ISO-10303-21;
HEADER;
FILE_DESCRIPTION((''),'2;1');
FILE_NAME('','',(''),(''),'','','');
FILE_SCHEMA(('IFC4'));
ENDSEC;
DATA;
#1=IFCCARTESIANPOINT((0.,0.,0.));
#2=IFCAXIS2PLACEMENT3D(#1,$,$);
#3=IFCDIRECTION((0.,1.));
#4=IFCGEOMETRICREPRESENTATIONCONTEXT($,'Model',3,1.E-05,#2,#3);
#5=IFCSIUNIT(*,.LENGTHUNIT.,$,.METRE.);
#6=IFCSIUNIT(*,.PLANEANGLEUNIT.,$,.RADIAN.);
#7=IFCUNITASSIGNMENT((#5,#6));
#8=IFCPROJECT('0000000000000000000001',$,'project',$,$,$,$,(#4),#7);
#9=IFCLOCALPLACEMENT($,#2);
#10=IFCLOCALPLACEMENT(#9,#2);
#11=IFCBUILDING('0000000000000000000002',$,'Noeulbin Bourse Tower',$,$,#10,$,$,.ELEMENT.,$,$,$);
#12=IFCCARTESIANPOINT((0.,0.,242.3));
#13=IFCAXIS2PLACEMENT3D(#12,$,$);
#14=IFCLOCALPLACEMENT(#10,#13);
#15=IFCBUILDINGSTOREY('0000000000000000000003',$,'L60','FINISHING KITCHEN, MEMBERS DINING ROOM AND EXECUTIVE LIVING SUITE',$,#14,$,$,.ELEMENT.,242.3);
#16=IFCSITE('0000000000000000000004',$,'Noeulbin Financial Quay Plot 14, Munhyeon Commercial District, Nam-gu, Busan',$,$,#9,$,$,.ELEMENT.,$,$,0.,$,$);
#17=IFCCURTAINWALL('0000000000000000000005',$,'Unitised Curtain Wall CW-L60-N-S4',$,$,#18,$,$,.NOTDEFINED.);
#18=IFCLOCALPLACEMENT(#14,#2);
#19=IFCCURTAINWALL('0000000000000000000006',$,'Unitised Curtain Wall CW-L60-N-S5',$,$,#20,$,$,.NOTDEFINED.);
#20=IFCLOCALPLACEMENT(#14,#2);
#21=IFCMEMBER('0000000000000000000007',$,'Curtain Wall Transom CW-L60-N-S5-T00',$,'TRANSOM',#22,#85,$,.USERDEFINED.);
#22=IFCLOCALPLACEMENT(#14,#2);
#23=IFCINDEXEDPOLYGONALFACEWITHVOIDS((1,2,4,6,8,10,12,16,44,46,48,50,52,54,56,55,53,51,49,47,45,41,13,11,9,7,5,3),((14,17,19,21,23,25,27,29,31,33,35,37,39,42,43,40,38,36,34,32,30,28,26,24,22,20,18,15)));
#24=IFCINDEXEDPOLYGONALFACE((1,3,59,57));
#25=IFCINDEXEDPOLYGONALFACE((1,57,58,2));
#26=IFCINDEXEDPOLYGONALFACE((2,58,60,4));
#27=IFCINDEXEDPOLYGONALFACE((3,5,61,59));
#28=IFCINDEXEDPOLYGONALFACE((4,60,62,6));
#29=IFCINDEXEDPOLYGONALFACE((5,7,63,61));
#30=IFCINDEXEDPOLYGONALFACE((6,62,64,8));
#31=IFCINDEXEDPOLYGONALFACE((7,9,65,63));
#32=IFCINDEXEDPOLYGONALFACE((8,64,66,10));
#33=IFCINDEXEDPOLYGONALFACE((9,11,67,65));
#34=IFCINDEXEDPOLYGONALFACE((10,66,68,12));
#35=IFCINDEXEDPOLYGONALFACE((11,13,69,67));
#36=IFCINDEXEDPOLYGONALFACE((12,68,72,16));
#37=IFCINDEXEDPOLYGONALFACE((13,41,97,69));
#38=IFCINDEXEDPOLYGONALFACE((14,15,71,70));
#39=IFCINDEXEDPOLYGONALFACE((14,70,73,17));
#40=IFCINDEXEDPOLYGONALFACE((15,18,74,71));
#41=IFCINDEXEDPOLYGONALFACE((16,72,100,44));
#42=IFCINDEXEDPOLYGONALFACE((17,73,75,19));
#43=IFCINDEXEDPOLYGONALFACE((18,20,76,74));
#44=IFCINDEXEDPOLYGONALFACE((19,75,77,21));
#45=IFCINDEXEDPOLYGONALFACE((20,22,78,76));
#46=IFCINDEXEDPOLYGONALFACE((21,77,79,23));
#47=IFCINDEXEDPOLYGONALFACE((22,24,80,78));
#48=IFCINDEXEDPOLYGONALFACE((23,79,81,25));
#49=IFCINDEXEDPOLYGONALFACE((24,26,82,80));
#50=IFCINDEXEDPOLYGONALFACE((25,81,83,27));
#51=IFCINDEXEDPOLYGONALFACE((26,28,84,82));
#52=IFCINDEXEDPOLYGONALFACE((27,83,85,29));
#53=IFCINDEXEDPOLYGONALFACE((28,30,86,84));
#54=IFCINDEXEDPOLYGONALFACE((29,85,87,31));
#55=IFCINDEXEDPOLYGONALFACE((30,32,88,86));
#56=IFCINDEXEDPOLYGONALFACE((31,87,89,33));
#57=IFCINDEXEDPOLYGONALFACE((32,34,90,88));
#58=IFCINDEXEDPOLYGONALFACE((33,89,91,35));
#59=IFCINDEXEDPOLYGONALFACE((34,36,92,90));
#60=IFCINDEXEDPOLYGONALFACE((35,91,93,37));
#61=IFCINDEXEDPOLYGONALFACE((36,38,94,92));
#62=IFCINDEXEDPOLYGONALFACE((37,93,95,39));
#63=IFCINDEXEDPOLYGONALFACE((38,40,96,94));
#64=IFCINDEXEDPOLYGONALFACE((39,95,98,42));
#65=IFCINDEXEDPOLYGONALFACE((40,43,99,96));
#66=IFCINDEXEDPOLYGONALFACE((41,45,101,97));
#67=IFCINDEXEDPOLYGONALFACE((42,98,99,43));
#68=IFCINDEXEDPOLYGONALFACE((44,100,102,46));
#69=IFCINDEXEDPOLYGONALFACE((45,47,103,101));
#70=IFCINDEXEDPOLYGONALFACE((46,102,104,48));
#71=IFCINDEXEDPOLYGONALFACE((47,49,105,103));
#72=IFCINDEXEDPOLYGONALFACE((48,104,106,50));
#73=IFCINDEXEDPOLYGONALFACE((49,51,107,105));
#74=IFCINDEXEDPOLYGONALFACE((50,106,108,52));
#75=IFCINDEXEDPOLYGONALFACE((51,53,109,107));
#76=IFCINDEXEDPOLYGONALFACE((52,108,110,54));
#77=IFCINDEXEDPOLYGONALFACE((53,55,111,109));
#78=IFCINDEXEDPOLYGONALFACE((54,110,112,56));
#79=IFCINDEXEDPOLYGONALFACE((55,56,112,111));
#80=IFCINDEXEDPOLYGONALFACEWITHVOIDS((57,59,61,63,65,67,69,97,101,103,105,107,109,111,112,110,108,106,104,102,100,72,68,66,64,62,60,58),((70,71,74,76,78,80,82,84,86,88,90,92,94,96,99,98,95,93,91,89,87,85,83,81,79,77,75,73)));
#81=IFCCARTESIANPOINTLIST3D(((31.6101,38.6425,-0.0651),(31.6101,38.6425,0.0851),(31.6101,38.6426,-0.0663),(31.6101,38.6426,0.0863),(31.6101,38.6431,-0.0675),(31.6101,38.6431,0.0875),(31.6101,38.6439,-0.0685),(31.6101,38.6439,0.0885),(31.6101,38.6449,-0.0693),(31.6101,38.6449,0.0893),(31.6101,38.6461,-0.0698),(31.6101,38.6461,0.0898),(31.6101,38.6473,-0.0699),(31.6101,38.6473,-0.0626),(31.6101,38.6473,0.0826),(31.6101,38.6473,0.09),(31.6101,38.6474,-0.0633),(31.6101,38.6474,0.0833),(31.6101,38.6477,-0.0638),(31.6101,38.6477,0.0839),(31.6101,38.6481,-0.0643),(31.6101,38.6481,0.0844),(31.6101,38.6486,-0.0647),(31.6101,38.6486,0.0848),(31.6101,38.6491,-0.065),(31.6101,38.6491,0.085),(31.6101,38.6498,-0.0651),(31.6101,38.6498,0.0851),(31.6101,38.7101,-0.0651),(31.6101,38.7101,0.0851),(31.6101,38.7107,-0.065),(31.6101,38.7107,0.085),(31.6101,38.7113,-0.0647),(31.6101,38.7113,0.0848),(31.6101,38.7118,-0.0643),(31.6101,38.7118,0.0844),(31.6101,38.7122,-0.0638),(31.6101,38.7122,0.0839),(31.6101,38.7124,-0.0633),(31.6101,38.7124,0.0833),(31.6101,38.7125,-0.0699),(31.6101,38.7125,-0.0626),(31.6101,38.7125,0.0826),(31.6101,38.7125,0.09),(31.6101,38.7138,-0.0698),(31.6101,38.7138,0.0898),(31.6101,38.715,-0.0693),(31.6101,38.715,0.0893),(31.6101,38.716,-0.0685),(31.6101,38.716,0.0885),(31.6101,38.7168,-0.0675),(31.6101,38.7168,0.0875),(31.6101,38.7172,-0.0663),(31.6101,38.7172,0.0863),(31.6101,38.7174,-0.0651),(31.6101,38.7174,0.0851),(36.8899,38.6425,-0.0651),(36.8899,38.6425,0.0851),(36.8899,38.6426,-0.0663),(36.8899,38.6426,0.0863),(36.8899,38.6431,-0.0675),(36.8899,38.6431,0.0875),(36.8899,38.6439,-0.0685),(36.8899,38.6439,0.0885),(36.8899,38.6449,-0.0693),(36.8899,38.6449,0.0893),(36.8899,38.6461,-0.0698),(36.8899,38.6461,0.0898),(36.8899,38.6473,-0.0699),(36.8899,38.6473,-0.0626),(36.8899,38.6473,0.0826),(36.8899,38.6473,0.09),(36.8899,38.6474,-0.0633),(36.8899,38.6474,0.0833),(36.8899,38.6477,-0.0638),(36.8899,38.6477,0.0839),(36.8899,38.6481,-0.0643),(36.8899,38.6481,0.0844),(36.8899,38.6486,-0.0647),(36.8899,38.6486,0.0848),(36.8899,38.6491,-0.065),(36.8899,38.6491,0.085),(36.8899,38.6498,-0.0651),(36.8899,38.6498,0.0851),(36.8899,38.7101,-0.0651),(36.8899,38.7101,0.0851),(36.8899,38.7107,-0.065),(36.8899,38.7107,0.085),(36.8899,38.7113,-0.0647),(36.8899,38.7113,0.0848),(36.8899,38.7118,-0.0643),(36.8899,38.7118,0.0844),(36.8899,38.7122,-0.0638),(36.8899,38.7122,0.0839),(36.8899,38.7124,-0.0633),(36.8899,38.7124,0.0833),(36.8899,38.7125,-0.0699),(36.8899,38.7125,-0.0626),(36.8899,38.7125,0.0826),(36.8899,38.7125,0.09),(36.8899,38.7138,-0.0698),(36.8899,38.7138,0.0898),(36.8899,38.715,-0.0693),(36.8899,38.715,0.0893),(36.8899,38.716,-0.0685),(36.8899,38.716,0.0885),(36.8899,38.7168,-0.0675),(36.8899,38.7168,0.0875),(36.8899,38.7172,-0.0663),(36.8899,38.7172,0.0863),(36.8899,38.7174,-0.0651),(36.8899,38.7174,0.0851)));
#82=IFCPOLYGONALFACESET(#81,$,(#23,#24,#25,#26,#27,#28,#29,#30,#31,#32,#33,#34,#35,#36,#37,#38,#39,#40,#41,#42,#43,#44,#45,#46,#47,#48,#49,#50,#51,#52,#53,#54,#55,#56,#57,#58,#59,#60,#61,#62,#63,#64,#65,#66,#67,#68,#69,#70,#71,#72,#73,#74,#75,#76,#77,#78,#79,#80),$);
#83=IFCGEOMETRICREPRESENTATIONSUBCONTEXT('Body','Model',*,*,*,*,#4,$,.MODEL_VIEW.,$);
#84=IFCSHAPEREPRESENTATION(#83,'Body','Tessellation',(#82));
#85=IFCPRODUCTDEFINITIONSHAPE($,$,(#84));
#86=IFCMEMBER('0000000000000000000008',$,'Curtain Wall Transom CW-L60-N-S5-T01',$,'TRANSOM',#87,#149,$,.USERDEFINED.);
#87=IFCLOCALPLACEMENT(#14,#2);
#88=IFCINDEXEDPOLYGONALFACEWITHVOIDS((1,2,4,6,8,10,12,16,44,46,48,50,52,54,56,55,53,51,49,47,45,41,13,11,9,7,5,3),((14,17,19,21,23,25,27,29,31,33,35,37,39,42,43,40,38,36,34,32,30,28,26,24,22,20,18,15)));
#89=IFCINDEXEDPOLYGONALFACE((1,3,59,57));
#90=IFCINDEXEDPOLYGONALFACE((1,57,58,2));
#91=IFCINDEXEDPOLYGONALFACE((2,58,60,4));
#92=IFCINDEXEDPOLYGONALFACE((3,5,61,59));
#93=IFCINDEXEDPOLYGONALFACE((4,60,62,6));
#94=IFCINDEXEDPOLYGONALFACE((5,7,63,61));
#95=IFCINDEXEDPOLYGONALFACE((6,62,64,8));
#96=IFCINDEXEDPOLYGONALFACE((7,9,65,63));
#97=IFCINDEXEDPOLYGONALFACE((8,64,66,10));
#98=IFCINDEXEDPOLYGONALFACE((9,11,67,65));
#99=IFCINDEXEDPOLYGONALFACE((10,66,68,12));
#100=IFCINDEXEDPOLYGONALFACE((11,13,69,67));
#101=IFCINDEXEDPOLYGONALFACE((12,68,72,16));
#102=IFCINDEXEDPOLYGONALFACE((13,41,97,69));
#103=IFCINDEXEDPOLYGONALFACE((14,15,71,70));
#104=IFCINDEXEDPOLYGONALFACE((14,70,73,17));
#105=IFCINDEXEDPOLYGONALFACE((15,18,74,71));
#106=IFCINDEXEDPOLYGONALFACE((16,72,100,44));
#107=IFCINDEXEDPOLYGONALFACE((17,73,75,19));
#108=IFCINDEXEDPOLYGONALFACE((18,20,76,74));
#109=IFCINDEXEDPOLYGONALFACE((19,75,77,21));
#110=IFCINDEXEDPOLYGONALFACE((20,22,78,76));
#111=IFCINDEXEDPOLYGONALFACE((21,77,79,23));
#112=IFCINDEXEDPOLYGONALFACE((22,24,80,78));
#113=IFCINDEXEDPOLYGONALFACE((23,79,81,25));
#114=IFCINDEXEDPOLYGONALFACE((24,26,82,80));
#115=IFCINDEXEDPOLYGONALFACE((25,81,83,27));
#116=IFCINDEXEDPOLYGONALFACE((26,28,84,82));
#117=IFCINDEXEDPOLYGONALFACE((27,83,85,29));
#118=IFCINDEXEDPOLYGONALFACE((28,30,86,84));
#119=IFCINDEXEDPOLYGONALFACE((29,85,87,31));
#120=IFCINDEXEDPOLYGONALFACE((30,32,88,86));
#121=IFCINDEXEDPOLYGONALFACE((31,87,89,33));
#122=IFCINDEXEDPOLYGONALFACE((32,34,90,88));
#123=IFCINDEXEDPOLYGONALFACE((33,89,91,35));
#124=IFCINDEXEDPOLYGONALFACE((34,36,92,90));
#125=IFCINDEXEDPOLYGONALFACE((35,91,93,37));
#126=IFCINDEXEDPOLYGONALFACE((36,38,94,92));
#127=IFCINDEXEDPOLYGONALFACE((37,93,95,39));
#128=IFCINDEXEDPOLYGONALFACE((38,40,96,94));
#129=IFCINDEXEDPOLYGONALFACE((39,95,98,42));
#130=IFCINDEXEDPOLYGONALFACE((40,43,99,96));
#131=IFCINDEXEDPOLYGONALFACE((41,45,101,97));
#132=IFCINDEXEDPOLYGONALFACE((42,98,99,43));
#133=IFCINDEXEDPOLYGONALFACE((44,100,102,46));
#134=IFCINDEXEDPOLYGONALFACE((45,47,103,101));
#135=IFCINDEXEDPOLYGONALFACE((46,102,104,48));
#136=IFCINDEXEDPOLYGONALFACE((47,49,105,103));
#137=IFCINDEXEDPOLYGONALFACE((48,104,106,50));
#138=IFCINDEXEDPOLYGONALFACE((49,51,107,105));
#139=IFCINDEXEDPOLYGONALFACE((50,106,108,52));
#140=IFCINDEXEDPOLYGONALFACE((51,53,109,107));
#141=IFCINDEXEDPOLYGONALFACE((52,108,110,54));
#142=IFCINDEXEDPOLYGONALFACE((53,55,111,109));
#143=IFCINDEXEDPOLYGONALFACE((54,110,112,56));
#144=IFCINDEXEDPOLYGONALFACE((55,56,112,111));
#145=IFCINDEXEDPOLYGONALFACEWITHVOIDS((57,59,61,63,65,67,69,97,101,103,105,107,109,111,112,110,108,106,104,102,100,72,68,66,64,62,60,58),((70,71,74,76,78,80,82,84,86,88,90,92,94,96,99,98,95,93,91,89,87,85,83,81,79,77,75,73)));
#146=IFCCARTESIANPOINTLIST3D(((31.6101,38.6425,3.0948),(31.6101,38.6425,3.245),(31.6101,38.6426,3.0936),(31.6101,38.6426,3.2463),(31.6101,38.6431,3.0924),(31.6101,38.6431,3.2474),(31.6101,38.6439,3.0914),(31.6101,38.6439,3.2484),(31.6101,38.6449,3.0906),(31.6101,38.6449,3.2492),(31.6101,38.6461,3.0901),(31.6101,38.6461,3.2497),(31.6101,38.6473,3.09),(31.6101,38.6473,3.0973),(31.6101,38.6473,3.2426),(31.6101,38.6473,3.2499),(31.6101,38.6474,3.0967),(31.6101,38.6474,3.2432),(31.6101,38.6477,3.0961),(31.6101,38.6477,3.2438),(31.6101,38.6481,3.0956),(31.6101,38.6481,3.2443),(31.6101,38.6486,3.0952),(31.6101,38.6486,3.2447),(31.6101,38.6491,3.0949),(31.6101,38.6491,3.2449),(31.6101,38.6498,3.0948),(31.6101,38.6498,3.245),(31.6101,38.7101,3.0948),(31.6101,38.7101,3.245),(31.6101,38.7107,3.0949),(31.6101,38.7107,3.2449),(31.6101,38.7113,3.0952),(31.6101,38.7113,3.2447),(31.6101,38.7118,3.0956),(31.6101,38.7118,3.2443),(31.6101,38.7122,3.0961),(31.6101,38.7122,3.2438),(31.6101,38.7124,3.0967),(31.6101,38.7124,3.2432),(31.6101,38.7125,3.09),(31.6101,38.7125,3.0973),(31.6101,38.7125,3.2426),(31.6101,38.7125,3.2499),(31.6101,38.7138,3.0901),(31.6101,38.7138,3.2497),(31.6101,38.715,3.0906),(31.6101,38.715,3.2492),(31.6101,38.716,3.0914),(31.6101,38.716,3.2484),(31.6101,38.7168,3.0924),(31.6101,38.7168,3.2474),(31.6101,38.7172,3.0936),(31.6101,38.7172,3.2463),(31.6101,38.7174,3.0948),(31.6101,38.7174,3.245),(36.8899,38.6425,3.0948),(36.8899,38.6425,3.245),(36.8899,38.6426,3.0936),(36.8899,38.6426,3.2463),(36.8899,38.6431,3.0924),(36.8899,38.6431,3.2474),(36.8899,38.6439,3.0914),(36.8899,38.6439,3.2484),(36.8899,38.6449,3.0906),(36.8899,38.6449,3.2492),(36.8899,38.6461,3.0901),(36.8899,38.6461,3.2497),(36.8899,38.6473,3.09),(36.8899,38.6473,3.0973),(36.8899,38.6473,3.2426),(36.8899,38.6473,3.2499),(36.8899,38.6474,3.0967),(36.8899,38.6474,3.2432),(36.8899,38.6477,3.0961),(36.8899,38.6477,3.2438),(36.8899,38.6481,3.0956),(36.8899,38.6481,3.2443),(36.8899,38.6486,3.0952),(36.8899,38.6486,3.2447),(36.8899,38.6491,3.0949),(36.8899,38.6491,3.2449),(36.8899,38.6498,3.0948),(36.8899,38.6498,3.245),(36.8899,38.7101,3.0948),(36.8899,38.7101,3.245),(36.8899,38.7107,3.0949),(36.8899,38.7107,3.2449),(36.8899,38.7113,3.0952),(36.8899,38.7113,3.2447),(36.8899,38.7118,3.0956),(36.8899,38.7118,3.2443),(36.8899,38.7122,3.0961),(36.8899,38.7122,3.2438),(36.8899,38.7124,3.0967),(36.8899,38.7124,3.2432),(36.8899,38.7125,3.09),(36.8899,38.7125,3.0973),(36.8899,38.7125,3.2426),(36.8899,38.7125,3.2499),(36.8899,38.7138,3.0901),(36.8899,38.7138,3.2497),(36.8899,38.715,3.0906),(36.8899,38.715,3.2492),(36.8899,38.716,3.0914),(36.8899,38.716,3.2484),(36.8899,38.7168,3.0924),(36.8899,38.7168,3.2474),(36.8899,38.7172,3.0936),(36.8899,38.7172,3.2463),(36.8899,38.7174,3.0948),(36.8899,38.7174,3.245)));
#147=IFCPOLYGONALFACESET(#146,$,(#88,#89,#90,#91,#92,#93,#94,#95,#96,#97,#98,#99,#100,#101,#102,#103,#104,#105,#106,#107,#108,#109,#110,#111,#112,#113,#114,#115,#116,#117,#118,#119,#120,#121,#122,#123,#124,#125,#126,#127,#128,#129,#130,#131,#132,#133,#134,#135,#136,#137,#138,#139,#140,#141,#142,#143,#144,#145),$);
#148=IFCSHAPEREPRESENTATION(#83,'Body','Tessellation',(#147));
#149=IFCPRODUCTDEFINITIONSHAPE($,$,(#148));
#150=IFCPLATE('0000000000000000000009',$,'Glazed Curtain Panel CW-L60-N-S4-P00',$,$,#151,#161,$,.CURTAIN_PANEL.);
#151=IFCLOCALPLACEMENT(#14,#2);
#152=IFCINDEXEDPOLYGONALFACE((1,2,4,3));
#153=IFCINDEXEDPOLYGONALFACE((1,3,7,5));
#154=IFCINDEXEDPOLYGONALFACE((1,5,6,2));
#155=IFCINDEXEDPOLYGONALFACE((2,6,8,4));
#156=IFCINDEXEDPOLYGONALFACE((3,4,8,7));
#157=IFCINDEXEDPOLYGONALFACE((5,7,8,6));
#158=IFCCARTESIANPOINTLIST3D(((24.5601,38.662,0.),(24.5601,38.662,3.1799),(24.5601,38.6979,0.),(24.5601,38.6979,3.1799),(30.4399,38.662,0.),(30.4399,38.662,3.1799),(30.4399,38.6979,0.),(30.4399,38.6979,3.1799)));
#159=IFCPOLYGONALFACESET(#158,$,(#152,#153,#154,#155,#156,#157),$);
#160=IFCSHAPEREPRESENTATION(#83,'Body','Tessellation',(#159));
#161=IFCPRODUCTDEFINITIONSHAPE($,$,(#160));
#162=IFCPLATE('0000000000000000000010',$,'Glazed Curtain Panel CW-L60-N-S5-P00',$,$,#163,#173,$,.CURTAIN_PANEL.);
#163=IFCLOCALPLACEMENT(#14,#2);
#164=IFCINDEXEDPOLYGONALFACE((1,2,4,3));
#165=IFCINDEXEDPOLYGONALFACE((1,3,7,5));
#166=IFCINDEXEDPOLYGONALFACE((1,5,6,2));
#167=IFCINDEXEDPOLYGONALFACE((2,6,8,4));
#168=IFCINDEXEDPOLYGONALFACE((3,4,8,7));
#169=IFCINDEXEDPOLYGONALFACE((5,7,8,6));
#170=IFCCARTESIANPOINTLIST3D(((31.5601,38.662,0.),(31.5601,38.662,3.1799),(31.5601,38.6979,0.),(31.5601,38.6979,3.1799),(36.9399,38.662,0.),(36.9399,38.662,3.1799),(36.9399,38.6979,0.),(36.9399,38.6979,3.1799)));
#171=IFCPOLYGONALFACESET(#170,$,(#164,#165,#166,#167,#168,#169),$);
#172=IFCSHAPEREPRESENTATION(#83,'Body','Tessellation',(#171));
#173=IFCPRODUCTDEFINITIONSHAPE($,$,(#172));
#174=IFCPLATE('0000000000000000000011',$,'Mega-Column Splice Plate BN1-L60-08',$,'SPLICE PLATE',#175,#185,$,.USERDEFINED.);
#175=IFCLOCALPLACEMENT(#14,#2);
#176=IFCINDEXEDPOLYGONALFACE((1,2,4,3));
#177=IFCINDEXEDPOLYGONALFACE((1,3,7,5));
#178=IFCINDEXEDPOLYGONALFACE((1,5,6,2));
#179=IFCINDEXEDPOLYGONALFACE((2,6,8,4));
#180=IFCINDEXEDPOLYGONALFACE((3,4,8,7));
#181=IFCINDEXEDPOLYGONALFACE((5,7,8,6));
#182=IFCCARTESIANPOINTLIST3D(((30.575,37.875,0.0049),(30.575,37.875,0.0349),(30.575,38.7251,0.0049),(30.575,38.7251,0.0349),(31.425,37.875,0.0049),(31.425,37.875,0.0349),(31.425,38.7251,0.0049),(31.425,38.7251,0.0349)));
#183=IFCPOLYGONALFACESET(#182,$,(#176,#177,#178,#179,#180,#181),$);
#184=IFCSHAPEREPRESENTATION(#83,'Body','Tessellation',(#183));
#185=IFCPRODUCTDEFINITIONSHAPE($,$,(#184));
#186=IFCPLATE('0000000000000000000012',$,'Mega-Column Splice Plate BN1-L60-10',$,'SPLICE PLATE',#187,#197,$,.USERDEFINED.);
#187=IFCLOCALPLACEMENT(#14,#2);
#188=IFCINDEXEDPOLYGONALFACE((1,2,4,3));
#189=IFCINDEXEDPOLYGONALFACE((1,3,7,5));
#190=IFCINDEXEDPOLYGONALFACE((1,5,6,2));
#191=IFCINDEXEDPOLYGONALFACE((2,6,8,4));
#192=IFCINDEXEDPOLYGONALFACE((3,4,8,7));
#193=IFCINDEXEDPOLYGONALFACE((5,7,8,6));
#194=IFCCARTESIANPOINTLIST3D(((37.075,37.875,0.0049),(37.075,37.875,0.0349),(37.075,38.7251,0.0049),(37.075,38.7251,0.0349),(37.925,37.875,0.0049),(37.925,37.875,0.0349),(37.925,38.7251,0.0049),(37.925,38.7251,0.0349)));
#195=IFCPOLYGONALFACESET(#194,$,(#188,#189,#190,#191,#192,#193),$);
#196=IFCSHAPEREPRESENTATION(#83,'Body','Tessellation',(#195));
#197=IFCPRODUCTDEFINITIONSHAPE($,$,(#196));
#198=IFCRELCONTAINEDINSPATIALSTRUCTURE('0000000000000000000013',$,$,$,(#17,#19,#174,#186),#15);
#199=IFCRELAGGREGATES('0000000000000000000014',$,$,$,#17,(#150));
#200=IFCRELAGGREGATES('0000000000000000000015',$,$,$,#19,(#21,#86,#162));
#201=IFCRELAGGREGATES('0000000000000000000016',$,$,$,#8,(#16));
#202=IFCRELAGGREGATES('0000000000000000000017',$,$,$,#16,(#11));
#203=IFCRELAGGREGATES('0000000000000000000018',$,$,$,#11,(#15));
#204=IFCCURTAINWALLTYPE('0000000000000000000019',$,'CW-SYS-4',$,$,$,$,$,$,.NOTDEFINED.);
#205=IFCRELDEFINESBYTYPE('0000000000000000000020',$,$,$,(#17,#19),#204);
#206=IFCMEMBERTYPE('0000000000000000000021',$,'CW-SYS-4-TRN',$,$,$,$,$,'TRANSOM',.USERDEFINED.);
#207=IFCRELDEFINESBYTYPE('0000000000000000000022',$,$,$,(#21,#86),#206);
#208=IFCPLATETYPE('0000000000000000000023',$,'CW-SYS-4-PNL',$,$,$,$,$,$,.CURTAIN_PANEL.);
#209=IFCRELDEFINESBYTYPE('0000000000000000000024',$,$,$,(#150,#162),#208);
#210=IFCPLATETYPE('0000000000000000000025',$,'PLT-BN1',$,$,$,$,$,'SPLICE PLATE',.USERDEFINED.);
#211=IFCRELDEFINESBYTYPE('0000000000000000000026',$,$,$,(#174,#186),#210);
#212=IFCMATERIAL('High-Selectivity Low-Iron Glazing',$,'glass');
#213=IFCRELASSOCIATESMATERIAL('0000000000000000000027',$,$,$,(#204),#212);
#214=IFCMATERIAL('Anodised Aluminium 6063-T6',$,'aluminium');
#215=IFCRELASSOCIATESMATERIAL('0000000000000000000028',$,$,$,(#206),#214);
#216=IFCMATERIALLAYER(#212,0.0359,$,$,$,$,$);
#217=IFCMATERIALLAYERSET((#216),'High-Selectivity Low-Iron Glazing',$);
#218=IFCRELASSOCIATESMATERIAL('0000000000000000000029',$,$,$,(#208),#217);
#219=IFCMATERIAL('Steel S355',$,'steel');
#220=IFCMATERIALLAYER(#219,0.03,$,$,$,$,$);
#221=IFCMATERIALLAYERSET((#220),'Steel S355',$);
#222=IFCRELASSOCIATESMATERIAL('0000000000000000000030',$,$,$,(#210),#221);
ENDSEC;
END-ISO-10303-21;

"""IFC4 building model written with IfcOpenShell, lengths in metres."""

from ifc_helpers import new_model, si_unit, direction, frame, origin, origin_2d, place, context, subcontext, project, spatial, rectangle, hollow_rectangle, extrude, material, layer, layer_set, material_profile, profile_set, type_object, element, aggregate, save


model = new_model("IFC4")

# Units and contexts
model_context = context("Model", 3, precision=1e-05, world=origin(), true_north=direction((0.0, 1.0)))
body_context = subcontext(model_context, "Body", "Model", "MODEL_VIEW")
ifc_project = project(units=[si_unit("LENGTHUNIT", "METRE"), si_unit("PLANEANGLEUNIT", "RADIAN")], contexts=[model_context])

# Site, building, storey
site_placement = place(None, origin())
site = spatial("IfcSite", under=ifc_project, at=site_placement, Name="Noeulbin Financial Quay Plot 14, Munhyeon Commercial District, Nam-gu, Busan", CompositionType="ELEMENT", RefElevation=0.0)
building_placement = place(site_placement, origin())
building = spatial("IfcBuilding", under=site, at=building_placement, Name="Noeulbin Bourse Tower", CompositionType="ELEMENT")
storey_placement = place(building_placement, frame((0.0, 0.0, 242.3)))
storey = spatial("IfcBuildingStorey", under=building, at=storey_placement, Name="L60", Description="FINISHING KITCHEN, MEMBERS DINING ROOM AND EXECUTIVE LIVING SUITE", CompositionType="ELEMENT", Elevation=242.3)

# Shared definitions
ifc_material_1 = material(Name="Steel S355", Category="steel")

# Curtain walls
ifc_material_2 = material(Name="High-Selectivity Low-Iron Glazing", Category="glass")
curtain_wall_type = type_object("IfcCurtainWallType", Name="CW-SYS-4", PredefinedType="NOTDEFINED", material=ifc_material_2)
curtain_wall_1_placement = place(storey_placement, origin())
curtain_wall_1 = element("IfcCurtainWall", 1, at=curtain_wall_1_placement, inside=storey, type_object=curtain_wall_type, Name="Unitised Curtain Wall CW-L60-N-S4", PredefinedType="NOTDEFINED")
ifc_material_3 = material(Name="Anodised Aluminium 6063-T6", Category="aluminium")
curtain_wall_2_placement = place(storey_placement, origin())
curtain_wall_2 = element("IfcCurtainWall", 2, at=curtain_wall_2_placement, inside=storey, type_object=curtain_wall_type, Name="Unitised Curtain Wall CW-L60-N-S5", PredefinedType="NOTDEFINED")

# Members
ifc_material_profile_1 = material_profile(ifc_material_3, hollow_rectangle(XDim=0.075, YDim=0.1599, WallThickness=0.0049, InnerFilletRadius=0.0024, OuterFilletRadius=0.0049, at=origin_2d()), Name="ALU-TRAN-75x160x5", Category="LoadBearing")
ifc_profile_set_1 = profile_set([ifc_material_profile_1], Name="Anodised Aluminium 6063-T6")
member_type_1 = type_object("IfcMemberType", Name="CW-SYS-4-TRN", ElementType="TRANSOM", PredefinedType="USERDEFINED", material=ifc_profile_set_1)
member_1_placement = place(storey_placement, frame((31.6101, 38.6799, 0.01), z_axis=(1.0, 0.0, 0.0), x_axis=(0.0, 1.0, 0.0)))
member_1 = element("IfcMember", 3, at=member_1_placement, type_object=member_type_1, Name="Curtain Wall Transom CW-L60-N-S5-T00", ObjectType="TRANSOM", PredefinedType="USERDEFINED", context=body_context, shape_type="SweptSolid", body=[
    extrude(hollow_rectangle(XDim=0.075, YDim=0.1599, WallThickness=0.0049, InnerFilletRadius=0.0024, OuterFilletRadius=0.0049, at=origin_2d()), origin(), (0.0, 0.0, 1.0), 5.2798),
])
member_2_placement = place(storey_placement, frame((31.6101, 38.6799, 3.1699), z_axis=(1.0, 0.0, 0.0), x_axis=(0.0, 1.0, 0.0)))
member_2 = element("IfcMember", 4, at=member_2_placement, type_object=member_type_1, Name="Curtain Wall Transom CW-L60-N-S5-T01", ObjectType="TRANSOM", PredefinedType="USERDEFINED", context=body_context, shape_type="SweptSolid", body=[
    extrude(hollow_rectangle(XDim=0.075, YDim=0.1599, WallThickness=0.0049, InnerFilletRadius=0.0024, OuterFilletRadius=0.0049, at=origin_2d()), origin(), (0.0, 0.0, 1.0), 5.2798),
])

# Plates
ifc_layer_1 = layer(ifc_material_2, 0.0359)
ifc_layer_set_1 = layer_set([ifc_layer_1], Name="High-Selectivity Low-Iron Glazing")
plate_type_1 = type_object("IfcPlateType", Name="CW-SYS-4-PNL", PredefinedType="CURTAIN_PANEL", material=ifc_layer_set_1)
plate_1_placement = place(storey_placement, frame((27.5, 38.6799, 0.0), z_axis=(0.0, 0.0, 1.0), x_axis=(1.0, 0.0, 0.0)))
plate_1 = element("IfcPlate", 5, at=plate_1_placement, type_object=plate_type_1, Name="Glazed Curtain Panel CW-L60-N-S4-P00", PredefinedType="CURTAIN_PANEL", context=body_context, shape_type="SweptSolid", body=[
    extrude(rectangle(XDim=5.8799, YDim=0.0359, at=origin_2d()), origin(), (0.0, 0.0, 1.0), 3.1799),
])
aggregate(curtain_wall_1, [plate_1])
plate_2_placement = place(storey_placement, frame((34.25, 38.6799, 0.0), z_axis=(0.0, 0.0, 1.0), x_axis=(1.0, 0.0, 0.0)))
plate_2 = element("IfcPlate", 6, at=plate_2_placement, type_object=plate_type_1, Name="Glazed Curtain Panel CW-L60-N-S5-P00", PredefinedType="CURTAIN_PANEL", context=body_context, shape_type="SweptSolid", body=[
    extrude(rectangle(XDim=5.3799, YDim=0.0359, at=origin_2d()), origin(), (0.0, 0.0, 1.0), 3.1799),
])
aggregate(curtain_wall_2, [member_1, member_2, plate_2])

# Plates
ifc_layer_2 = layer(ifc_material_1, 0.03)
ifc_layer_set_2 = layer_set([ifc_layer_2], Name="Steel S355")
plate_type_2 = type_object("IfcPlateType", Name="PLT-BN1", ElementType="SPLICE PLATE", PredefinedType="USERDEFINED", material=ifc_layer_set_2)
for number, where, z_axis, x_axis, name in (
    (7, (31.0, 38.3, 0.0049), (0.0, 0.0, 1.0), (1.0, 0.0, 0.0), "Mega-Column Splice Plate BN1-L60-08"),
    (8, (37.5, 38.3, 0.0049), (0.0, 0.0, 1.0), (1.0, 0.0, 0.0), "Mega-Column Splice Plate BN1-L60-10"),
):
    element("IfcPlate", number, at=place(storey_placement, frame(where, z_axis=z_axis, x_axis=x_axis)), inside=storey, type_object=plate_type_2, Name=name, ObjectType="SPLICE PLATE", PredefinedType="USERDEFINED", context=body_context, shape_type="SweptSolid", body=[
        extrude(rectangle(XDim=0.8501, YDim=0.8501, at=origin_2d()), origin(), (0.0, 0.0, 1.0), 0.03),
    ])

save(model, "model.ifc")
